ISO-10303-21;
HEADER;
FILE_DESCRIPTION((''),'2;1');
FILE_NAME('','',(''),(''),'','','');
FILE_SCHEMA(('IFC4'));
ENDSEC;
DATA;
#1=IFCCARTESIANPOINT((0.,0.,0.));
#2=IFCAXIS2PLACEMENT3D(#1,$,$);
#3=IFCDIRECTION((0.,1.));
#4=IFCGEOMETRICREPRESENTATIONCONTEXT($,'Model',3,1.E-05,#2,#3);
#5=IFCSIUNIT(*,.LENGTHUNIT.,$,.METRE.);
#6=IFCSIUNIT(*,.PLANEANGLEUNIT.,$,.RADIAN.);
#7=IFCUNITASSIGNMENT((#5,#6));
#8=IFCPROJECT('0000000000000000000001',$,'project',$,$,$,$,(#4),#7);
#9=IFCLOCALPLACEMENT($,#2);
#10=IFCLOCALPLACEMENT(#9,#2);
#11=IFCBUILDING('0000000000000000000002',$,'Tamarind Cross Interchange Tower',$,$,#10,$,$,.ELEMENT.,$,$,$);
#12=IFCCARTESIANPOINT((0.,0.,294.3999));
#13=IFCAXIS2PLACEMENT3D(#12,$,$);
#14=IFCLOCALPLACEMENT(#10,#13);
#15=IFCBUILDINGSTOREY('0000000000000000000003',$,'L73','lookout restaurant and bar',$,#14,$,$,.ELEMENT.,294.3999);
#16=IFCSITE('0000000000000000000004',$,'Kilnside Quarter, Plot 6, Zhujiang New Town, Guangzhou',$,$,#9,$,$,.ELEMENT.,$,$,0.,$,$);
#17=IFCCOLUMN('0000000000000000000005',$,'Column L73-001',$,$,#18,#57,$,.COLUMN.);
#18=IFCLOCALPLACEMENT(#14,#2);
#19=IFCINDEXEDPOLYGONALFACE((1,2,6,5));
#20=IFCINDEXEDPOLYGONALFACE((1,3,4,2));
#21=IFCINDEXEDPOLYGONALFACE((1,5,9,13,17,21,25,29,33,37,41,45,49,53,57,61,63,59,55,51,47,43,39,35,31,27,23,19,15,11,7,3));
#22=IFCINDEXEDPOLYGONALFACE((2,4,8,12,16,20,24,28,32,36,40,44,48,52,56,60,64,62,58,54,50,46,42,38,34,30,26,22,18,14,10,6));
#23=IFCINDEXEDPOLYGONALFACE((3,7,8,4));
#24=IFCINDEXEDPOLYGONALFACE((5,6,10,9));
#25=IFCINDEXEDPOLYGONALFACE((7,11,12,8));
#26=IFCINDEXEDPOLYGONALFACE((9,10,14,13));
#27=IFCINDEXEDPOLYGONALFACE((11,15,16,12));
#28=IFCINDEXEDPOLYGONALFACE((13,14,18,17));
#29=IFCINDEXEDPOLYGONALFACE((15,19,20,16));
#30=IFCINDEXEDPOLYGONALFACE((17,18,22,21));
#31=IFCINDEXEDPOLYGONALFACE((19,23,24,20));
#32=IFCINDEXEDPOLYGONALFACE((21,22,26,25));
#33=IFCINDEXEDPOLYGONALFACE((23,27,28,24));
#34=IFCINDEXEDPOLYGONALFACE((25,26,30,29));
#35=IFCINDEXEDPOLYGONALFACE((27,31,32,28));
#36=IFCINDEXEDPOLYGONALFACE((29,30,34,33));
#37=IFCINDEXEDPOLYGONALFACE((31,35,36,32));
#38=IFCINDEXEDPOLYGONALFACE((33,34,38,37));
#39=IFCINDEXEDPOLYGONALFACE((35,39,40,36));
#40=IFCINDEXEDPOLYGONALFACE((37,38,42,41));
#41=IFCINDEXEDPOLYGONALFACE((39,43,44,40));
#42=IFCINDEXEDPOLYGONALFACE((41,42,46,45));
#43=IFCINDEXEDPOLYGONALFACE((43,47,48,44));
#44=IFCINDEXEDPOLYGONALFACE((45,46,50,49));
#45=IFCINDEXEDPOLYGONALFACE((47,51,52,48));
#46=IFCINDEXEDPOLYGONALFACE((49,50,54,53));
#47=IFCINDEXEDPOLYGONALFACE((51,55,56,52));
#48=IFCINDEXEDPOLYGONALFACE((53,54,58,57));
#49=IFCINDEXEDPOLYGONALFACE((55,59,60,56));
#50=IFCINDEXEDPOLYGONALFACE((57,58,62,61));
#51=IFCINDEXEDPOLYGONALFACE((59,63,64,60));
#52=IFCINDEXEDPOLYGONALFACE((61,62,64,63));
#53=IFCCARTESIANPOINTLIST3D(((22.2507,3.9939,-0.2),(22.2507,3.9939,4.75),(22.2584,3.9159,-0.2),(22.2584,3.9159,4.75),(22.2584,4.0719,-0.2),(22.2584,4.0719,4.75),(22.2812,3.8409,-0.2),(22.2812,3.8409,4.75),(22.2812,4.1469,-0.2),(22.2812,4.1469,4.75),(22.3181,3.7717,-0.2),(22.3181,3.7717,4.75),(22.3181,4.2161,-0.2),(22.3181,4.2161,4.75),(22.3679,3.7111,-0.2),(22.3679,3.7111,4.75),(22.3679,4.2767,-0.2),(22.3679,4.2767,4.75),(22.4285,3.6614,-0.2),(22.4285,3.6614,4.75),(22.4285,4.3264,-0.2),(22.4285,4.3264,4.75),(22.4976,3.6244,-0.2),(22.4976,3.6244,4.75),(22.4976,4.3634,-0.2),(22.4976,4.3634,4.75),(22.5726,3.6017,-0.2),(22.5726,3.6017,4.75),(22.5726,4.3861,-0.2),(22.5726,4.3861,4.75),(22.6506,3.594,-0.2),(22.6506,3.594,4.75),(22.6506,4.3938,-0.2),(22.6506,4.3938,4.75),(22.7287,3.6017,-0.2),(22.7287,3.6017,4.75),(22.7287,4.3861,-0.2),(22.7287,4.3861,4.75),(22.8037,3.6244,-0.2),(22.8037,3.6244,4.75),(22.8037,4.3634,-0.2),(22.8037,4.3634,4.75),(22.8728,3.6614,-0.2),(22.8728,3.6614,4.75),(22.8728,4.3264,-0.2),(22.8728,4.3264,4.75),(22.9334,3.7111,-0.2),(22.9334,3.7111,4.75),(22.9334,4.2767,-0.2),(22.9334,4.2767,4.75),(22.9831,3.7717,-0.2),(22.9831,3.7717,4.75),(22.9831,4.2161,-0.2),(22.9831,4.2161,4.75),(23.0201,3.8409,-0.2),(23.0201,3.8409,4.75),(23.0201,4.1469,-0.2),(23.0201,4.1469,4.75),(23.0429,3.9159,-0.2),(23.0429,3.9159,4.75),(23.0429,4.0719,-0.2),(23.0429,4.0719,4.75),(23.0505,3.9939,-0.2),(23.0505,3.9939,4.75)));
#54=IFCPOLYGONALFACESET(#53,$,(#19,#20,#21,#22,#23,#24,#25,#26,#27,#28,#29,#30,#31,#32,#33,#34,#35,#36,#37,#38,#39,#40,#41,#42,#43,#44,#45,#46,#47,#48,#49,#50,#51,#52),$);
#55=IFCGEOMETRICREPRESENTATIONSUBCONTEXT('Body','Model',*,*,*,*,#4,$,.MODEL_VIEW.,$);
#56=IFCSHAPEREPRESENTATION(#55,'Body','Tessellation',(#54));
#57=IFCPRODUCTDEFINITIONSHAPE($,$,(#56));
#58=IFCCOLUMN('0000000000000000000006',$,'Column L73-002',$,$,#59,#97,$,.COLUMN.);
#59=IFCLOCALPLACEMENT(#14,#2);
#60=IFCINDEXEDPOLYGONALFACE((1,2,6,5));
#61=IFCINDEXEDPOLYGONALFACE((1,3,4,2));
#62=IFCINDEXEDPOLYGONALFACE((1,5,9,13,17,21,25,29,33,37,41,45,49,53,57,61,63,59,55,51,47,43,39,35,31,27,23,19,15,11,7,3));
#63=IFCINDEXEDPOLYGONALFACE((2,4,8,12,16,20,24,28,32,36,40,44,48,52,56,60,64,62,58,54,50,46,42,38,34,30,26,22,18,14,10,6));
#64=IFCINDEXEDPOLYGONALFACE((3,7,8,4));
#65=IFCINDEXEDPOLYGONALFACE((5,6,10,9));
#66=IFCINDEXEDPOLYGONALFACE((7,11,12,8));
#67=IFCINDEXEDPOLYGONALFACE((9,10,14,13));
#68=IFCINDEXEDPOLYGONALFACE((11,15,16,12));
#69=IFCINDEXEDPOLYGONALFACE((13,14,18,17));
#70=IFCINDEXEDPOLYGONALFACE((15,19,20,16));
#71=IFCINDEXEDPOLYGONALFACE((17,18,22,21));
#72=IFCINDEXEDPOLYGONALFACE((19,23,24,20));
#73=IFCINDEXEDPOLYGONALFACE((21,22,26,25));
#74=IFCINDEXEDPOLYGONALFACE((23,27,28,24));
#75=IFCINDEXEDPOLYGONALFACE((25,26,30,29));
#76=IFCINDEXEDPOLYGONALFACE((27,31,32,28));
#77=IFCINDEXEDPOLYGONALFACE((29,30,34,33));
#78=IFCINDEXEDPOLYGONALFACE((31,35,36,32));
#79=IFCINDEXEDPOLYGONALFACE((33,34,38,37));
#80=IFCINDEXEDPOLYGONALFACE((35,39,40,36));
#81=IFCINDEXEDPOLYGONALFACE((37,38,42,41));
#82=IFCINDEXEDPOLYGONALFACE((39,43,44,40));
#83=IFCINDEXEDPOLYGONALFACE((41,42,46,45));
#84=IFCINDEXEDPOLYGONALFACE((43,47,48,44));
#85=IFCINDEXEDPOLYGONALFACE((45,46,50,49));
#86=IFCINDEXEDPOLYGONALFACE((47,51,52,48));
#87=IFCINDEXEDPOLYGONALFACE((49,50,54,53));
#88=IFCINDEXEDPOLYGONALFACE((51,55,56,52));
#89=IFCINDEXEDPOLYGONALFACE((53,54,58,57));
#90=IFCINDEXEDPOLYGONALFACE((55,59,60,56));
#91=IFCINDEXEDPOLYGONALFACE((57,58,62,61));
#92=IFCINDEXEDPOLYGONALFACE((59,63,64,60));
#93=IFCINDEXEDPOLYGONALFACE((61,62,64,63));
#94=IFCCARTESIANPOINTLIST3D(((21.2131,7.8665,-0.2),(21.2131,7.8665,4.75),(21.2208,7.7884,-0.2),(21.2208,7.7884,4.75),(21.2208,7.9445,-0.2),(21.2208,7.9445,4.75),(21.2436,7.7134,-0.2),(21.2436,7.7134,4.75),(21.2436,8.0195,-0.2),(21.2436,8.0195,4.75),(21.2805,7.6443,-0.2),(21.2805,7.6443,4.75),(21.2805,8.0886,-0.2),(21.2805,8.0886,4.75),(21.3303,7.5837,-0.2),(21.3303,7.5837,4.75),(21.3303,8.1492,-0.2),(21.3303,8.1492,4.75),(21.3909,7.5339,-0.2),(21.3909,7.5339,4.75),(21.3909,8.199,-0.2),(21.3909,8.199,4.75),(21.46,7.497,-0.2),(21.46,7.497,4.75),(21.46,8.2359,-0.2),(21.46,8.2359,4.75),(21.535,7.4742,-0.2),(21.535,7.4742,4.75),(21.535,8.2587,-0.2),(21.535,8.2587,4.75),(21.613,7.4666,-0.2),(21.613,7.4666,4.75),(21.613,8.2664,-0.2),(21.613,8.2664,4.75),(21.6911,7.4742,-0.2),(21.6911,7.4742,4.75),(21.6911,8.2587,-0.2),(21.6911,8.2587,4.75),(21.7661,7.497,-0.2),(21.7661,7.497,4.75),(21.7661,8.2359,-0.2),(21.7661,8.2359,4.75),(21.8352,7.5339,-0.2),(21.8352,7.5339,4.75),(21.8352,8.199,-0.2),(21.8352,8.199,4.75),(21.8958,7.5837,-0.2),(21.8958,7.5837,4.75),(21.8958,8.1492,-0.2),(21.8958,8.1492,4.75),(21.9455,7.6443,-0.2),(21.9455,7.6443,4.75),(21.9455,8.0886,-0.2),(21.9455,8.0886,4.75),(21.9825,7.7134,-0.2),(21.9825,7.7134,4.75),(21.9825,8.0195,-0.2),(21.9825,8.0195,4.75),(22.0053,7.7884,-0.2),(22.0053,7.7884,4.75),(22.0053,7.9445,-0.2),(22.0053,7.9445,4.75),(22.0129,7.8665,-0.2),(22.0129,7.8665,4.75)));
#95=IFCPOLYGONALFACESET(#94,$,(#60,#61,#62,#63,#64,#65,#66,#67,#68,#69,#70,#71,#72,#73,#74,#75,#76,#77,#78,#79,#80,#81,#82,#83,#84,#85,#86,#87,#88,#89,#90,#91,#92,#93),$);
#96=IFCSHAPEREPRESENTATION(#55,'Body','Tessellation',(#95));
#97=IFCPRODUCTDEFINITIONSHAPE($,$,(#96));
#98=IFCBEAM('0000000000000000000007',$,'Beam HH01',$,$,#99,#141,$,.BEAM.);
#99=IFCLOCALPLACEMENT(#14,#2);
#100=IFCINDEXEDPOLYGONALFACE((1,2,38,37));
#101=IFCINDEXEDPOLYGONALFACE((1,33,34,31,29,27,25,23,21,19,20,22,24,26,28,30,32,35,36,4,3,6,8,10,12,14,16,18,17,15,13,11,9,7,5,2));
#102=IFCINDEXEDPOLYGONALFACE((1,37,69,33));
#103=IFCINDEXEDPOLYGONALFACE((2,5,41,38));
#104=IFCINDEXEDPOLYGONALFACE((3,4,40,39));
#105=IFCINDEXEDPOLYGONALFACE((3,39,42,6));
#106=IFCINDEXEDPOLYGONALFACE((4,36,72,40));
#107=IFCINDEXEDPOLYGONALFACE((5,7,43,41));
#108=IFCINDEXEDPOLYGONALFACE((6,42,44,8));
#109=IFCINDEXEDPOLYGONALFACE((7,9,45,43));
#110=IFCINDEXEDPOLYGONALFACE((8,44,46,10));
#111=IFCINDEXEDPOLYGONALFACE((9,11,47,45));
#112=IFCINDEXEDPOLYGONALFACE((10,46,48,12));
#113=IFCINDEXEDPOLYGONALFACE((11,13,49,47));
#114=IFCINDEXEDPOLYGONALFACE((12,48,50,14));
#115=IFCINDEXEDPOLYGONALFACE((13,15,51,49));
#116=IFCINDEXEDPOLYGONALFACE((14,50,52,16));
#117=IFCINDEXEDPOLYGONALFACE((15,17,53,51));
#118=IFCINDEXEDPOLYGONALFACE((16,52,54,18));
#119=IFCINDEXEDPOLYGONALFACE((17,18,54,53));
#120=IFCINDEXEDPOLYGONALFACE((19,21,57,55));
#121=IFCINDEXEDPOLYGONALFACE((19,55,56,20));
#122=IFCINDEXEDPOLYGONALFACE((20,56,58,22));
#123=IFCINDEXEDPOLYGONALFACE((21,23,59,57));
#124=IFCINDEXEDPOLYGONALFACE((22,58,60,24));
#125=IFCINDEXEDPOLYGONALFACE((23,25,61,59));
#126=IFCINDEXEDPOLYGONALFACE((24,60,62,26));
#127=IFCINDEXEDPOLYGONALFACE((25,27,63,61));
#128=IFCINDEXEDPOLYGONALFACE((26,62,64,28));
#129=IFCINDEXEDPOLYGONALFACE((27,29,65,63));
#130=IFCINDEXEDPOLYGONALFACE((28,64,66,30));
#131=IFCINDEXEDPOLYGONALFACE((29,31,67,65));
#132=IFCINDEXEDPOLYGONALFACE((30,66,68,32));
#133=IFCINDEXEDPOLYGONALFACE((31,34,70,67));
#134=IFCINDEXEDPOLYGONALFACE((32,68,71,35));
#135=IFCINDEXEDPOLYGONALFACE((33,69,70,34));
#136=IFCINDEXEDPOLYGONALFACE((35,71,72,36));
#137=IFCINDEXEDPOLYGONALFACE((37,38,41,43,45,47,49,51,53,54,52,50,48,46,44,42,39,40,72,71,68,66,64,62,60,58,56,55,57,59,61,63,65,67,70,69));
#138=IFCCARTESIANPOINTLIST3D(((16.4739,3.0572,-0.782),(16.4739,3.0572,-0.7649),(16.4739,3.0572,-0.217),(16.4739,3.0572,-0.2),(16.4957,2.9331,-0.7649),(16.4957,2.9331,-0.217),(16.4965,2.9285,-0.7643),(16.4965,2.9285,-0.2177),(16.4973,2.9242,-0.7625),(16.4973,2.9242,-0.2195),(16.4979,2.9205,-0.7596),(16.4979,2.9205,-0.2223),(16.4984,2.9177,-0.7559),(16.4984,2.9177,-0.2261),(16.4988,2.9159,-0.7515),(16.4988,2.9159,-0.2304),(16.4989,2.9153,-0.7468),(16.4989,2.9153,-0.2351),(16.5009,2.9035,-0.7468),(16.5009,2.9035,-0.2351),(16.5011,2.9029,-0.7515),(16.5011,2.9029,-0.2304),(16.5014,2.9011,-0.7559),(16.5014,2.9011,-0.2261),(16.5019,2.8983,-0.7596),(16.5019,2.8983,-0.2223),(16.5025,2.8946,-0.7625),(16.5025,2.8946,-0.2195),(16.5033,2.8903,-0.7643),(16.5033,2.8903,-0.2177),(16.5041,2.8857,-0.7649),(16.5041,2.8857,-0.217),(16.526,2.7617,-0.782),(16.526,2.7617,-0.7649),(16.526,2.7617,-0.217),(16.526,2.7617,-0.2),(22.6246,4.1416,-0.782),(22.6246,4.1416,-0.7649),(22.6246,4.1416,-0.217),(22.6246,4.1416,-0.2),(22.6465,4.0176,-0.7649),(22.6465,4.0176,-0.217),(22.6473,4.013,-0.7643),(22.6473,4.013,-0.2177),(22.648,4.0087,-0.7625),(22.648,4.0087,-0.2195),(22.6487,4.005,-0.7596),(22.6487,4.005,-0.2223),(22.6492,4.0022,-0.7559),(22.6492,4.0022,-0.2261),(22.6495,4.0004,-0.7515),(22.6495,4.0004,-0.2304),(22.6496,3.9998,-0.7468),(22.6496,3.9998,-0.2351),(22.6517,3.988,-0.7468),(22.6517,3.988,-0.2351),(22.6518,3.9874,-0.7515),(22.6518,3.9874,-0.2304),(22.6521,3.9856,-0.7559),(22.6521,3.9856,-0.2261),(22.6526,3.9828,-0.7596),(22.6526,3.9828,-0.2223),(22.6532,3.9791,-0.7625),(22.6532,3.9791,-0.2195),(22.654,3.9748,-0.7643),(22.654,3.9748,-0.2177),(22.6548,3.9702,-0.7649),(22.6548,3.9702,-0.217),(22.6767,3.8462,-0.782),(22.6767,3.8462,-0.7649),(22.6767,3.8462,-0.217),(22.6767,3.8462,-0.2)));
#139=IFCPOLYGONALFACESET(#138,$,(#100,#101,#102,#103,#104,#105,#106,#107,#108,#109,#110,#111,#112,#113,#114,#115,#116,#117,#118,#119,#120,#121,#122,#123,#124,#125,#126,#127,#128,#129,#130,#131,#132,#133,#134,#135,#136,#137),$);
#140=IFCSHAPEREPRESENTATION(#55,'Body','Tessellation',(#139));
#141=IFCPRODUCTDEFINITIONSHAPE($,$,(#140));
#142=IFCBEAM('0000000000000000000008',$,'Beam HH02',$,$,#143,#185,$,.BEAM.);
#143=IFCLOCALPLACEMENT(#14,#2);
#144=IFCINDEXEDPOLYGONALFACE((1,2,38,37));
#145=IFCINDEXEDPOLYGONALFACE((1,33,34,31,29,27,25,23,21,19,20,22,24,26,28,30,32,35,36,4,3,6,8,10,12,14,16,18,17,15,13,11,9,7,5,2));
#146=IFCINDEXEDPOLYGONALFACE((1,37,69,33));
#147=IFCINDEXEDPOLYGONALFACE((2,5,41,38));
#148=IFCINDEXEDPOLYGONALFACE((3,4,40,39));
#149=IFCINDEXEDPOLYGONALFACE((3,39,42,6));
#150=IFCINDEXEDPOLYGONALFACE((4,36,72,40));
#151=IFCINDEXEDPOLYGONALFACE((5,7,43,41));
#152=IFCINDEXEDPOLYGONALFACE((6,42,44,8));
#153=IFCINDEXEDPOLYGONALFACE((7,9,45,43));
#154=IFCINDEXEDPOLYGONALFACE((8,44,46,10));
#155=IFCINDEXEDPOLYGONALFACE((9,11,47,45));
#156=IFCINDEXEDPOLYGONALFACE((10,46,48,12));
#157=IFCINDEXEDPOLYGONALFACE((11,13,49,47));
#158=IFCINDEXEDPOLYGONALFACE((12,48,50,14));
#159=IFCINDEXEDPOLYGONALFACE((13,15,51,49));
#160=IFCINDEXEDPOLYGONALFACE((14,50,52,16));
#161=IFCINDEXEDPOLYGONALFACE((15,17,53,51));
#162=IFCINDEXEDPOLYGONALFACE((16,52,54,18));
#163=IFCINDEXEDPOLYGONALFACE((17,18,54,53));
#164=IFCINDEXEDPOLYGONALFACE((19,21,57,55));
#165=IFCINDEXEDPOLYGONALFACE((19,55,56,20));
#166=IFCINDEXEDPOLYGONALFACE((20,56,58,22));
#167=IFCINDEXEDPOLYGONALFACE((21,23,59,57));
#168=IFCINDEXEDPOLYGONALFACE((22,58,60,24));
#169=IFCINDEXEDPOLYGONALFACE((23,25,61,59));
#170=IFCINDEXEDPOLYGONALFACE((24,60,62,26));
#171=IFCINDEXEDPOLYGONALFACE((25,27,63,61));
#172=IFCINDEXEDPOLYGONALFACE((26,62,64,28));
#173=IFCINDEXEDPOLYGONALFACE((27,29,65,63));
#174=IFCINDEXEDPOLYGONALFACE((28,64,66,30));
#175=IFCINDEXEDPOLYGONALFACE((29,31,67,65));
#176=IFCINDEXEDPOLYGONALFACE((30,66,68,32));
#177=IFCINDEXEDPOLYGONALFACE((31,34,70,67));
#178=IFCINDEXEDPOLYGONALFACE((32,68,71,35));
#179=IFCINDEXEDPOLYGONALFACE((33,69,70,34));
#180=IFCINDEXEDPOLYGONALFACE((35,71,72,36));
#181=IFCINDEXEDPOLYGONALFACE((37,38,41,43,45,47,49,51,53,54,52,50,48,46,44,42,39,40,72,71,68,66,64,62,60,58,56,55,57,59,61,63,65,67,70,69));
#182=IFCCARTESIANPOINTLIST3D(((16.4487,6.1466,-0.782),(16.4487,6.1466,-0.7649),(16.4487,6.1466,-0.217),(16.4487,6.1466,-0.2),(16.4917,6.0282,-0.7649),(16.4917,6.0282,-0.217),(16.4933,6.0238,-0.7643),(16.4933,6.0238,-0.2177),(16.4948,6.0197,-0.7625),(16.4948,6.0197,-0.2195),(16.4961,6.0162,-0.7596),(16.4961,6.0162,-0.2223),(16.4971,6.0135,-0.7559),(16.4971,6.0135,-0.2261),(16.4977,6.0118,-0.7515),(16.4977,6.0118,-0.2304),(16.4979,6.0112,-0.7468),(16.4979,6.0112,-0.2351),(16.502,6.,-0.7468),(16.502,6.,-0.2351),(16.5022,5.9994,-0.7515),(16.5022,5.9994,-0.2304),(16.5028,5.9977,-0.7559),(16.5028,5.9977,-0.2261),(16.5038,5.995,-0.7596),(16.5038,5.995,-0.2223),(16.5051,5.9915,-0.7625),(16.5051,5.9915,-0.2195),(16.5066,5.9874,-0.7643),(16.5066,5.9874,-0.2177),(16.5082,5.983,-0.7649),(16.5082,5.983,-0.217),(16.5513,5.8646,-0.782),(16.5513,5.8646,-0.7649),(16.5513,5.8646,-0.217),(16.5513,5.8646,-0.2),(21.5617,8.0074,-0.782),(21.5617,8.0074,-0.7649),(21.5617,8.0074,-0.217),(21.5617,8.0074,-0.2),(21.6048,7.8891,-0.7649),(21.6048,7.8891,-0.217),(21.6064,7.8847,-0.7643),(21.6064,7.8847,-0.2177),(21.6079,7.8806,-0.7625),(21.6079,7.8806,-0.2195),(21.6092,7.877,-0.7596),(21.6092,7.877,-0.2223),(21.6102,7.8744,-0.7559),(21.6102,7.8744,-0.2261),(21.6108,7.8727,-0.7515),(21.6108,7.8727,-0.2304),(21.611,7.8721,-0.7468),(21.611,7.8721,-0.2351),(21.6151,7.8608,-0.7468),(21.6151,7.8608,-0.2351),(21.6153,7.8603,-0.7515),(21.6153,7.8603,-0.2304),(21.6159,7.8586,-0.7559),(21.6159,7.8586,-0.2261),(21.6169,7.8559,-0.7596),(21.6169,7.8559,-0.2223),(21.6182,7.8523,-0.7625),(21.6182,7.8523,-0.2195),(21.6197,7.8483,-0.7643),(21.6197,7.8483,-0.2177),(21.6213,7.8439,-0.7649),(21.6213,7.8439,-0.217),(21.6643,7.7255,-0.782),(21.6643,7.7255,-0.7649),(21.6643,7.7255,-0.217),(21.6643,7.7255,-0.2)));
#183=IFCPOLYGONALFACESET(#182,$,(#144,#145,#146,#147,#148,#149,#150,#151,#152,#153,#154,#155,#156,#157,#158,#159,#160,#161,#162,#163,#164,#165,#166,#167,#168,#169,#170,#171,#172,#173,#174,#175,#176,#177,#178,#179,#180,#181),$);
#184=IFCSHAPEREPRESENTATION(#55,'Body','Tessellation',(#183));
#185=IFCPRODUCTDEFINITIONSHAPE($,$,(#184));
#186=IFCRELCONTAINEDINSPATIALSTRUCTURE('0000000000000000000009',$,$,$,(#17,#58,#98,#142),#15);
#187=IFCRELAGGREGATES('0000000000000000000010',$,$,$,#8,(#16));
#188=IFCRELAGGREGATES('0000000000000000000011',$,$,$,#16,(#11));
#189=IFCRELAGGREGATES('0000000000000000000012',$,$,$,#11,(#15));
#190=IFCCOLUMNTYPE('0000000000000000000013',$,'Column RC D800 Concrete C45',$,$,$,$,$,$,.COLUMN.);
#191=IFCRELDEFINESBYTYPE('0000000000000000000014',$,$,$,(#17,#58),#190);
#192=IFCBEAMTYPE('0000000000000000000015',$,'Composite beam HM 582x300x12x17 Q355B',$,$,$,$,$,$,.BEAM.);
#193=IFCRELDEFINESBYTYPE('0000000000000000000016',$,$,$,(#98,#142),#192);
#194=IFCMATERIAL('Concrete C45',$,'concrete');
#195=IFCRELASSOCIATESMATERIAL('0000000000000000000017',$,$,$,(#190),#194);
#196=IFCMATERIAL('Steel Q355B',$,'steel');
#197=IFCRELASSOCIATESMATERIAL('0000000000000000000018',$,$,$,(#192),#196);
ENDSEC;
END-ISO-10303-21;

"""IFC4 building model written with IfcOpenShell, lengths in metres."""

from ifc_helpers import new_model, si_unit, direction, frame, origin, origin_2d, place, context, subcontext, project, spatial, circle, i_section, extrude, material, material_profile, profile_set, type_object, element, save


model = new_model("IFC4")

# Units and contexts
model_context = context("Model", 3, precision=1e-05, world=origin(), true_north=direction((0.0, 1.0)))
body_context = subcontext(model_context, "Body", "Model", "MODEL_VIEW")
ifc_project = project(units=[si_unit("LENGTHUNIT", "METRE"), si_unit("PLANEANGLEUNIT", "RADIAN")], contexts=[model_context])

# Site, building, storey
site_placement = place(None, origin())
site = spatial("IfcSite", under=ifc_project, at=site_placement, Name="Kilnside Quarter, Plot 6, Zhujiang New Town, Guangzhou", CompositionType="ELEMENT", RefElevation=0.0)
building_placement = place(site_placement, origin())
building = spatial("IfcBuilding", under=site, at=building_placement, Name="Tamarind Cross Interchange Tower", CompositionType="ELEMENT")
storey_placement = place(building_placement, frame((0.0, 0.0, 294.3999)))
storey = spatial("IfcBuildingStorey", under=building, at=storey_placement, Name="L73", Description="lookout restaurant and bar", CompositionType="ELEMENT", Elevation=294.3999)

# Columns
ifc_material_1 = material(Name="Concrete C45", Category="concrete")
ifc_material_profile_1 = material_profile(ifc_material_1, circle(Radius=0.3999, at=origin_2d()), Name="RC D800")
ifc_profile_set_1 = profile_set([ifc_material_profile_1], Name="Concrete C45")
column_type = type_object("IfcColumnType", Name="Column RC D800 Concrete C45", PredefinedType="COLUMN", material=ifc_profile_set_1)
for number, where, z_axis, x_axis, name in (
    (1, (22.6506, 3.9939, -0.2), (0.0, 0.0, 1.0), (1.0, 0.0, 0.0), "Column L73-001"),
    (2, (21.613, 7.8665, -0.2), (0.0, 0.0, 1.0), (1.0, 0.0, 0.0), "Column L73-002"),
):
    element("IfcColumn", number, at=place(storey_placement, frame(where, z_axis=z_axis, x_axis=x_axis)), inside=storey, type_object=column_type, Name=name, PredefinedType="COLUMN", context=body_context, shape_type="SweptSolid", body=[
        extrude(circle(Radius=0.3999, at=origin_2d()), origin(), (0.0, 0.0, 1.0), 4.95),
    ])

# Beams
ifc_material_2 = material(Name="Steel Q355B", Category="steel")
ifc_material_profile_2 = material_profile(ifc_material_2, i_section(OverallWidth=0.3, OverallDepth=0.582, WebThickness=0.012, FlangeThickness=0.0171, FilletRadius=0.0181, at=origin_2d()), Name="HM 582x300x12x17")
ifc_profile_set_2 = profile_set([ifc_material_profile_2], Name="Steel Q355B")
beam_type_1 = type_object("IfcBeamType", Name="Composite beam HM 582x300x12x17 Q355B", PredefinedType="BEAM", material=ifc_profile_set_2)
beam_1_placement = place(storey_placement, frame((22.6506, 3.9939, -0.491), z_axis=(-0.984809, -0.17364, 0.0), x_axis=(0.17364, -0.984809, 0.0)))
element("IfcBeam", 3, at=beam_1_placement, inside=storey, type_object=beam_type_1, Name="Beam HH01", PredefinedType="BEAM", context=body_context, shape_type="SweptSolid", body=[
    extrude(i_section(OverallWidth=0.3, OverallDepth=0.582, WebThickness=0.012, FlangeThickness=0.0171, FilletRadius=0.0181, at=origin_2d()), origin(), (0.0, 0.0, 1.0), 6.2456),
])
beam_2_placement = place(storey_placement, frame((21.613, 7.8665, -0.491), z_axis=(-0.939702, -0.341995, 0.0), x_axis=(0.341995, -0.939702, 0.0)))
element("IfcBeam", 4, at=beam_2_placement, inside=storey, type_object=beam_type_1, Name="Beam HH02", PredefinedType="BEAM", context=body_context, shape_type="SweptSolid", body=[
    extrude(i_section(OverallWidth=0.3, OverallDepth=0.582, WebThickness=0.012, FlangeThickness=0.0171, FilletRadius=0.0181, at=origin_2d()), origin(), (0.0, 0.0, 1.0), 5.4412),
])

save(model, "model.ifc")
